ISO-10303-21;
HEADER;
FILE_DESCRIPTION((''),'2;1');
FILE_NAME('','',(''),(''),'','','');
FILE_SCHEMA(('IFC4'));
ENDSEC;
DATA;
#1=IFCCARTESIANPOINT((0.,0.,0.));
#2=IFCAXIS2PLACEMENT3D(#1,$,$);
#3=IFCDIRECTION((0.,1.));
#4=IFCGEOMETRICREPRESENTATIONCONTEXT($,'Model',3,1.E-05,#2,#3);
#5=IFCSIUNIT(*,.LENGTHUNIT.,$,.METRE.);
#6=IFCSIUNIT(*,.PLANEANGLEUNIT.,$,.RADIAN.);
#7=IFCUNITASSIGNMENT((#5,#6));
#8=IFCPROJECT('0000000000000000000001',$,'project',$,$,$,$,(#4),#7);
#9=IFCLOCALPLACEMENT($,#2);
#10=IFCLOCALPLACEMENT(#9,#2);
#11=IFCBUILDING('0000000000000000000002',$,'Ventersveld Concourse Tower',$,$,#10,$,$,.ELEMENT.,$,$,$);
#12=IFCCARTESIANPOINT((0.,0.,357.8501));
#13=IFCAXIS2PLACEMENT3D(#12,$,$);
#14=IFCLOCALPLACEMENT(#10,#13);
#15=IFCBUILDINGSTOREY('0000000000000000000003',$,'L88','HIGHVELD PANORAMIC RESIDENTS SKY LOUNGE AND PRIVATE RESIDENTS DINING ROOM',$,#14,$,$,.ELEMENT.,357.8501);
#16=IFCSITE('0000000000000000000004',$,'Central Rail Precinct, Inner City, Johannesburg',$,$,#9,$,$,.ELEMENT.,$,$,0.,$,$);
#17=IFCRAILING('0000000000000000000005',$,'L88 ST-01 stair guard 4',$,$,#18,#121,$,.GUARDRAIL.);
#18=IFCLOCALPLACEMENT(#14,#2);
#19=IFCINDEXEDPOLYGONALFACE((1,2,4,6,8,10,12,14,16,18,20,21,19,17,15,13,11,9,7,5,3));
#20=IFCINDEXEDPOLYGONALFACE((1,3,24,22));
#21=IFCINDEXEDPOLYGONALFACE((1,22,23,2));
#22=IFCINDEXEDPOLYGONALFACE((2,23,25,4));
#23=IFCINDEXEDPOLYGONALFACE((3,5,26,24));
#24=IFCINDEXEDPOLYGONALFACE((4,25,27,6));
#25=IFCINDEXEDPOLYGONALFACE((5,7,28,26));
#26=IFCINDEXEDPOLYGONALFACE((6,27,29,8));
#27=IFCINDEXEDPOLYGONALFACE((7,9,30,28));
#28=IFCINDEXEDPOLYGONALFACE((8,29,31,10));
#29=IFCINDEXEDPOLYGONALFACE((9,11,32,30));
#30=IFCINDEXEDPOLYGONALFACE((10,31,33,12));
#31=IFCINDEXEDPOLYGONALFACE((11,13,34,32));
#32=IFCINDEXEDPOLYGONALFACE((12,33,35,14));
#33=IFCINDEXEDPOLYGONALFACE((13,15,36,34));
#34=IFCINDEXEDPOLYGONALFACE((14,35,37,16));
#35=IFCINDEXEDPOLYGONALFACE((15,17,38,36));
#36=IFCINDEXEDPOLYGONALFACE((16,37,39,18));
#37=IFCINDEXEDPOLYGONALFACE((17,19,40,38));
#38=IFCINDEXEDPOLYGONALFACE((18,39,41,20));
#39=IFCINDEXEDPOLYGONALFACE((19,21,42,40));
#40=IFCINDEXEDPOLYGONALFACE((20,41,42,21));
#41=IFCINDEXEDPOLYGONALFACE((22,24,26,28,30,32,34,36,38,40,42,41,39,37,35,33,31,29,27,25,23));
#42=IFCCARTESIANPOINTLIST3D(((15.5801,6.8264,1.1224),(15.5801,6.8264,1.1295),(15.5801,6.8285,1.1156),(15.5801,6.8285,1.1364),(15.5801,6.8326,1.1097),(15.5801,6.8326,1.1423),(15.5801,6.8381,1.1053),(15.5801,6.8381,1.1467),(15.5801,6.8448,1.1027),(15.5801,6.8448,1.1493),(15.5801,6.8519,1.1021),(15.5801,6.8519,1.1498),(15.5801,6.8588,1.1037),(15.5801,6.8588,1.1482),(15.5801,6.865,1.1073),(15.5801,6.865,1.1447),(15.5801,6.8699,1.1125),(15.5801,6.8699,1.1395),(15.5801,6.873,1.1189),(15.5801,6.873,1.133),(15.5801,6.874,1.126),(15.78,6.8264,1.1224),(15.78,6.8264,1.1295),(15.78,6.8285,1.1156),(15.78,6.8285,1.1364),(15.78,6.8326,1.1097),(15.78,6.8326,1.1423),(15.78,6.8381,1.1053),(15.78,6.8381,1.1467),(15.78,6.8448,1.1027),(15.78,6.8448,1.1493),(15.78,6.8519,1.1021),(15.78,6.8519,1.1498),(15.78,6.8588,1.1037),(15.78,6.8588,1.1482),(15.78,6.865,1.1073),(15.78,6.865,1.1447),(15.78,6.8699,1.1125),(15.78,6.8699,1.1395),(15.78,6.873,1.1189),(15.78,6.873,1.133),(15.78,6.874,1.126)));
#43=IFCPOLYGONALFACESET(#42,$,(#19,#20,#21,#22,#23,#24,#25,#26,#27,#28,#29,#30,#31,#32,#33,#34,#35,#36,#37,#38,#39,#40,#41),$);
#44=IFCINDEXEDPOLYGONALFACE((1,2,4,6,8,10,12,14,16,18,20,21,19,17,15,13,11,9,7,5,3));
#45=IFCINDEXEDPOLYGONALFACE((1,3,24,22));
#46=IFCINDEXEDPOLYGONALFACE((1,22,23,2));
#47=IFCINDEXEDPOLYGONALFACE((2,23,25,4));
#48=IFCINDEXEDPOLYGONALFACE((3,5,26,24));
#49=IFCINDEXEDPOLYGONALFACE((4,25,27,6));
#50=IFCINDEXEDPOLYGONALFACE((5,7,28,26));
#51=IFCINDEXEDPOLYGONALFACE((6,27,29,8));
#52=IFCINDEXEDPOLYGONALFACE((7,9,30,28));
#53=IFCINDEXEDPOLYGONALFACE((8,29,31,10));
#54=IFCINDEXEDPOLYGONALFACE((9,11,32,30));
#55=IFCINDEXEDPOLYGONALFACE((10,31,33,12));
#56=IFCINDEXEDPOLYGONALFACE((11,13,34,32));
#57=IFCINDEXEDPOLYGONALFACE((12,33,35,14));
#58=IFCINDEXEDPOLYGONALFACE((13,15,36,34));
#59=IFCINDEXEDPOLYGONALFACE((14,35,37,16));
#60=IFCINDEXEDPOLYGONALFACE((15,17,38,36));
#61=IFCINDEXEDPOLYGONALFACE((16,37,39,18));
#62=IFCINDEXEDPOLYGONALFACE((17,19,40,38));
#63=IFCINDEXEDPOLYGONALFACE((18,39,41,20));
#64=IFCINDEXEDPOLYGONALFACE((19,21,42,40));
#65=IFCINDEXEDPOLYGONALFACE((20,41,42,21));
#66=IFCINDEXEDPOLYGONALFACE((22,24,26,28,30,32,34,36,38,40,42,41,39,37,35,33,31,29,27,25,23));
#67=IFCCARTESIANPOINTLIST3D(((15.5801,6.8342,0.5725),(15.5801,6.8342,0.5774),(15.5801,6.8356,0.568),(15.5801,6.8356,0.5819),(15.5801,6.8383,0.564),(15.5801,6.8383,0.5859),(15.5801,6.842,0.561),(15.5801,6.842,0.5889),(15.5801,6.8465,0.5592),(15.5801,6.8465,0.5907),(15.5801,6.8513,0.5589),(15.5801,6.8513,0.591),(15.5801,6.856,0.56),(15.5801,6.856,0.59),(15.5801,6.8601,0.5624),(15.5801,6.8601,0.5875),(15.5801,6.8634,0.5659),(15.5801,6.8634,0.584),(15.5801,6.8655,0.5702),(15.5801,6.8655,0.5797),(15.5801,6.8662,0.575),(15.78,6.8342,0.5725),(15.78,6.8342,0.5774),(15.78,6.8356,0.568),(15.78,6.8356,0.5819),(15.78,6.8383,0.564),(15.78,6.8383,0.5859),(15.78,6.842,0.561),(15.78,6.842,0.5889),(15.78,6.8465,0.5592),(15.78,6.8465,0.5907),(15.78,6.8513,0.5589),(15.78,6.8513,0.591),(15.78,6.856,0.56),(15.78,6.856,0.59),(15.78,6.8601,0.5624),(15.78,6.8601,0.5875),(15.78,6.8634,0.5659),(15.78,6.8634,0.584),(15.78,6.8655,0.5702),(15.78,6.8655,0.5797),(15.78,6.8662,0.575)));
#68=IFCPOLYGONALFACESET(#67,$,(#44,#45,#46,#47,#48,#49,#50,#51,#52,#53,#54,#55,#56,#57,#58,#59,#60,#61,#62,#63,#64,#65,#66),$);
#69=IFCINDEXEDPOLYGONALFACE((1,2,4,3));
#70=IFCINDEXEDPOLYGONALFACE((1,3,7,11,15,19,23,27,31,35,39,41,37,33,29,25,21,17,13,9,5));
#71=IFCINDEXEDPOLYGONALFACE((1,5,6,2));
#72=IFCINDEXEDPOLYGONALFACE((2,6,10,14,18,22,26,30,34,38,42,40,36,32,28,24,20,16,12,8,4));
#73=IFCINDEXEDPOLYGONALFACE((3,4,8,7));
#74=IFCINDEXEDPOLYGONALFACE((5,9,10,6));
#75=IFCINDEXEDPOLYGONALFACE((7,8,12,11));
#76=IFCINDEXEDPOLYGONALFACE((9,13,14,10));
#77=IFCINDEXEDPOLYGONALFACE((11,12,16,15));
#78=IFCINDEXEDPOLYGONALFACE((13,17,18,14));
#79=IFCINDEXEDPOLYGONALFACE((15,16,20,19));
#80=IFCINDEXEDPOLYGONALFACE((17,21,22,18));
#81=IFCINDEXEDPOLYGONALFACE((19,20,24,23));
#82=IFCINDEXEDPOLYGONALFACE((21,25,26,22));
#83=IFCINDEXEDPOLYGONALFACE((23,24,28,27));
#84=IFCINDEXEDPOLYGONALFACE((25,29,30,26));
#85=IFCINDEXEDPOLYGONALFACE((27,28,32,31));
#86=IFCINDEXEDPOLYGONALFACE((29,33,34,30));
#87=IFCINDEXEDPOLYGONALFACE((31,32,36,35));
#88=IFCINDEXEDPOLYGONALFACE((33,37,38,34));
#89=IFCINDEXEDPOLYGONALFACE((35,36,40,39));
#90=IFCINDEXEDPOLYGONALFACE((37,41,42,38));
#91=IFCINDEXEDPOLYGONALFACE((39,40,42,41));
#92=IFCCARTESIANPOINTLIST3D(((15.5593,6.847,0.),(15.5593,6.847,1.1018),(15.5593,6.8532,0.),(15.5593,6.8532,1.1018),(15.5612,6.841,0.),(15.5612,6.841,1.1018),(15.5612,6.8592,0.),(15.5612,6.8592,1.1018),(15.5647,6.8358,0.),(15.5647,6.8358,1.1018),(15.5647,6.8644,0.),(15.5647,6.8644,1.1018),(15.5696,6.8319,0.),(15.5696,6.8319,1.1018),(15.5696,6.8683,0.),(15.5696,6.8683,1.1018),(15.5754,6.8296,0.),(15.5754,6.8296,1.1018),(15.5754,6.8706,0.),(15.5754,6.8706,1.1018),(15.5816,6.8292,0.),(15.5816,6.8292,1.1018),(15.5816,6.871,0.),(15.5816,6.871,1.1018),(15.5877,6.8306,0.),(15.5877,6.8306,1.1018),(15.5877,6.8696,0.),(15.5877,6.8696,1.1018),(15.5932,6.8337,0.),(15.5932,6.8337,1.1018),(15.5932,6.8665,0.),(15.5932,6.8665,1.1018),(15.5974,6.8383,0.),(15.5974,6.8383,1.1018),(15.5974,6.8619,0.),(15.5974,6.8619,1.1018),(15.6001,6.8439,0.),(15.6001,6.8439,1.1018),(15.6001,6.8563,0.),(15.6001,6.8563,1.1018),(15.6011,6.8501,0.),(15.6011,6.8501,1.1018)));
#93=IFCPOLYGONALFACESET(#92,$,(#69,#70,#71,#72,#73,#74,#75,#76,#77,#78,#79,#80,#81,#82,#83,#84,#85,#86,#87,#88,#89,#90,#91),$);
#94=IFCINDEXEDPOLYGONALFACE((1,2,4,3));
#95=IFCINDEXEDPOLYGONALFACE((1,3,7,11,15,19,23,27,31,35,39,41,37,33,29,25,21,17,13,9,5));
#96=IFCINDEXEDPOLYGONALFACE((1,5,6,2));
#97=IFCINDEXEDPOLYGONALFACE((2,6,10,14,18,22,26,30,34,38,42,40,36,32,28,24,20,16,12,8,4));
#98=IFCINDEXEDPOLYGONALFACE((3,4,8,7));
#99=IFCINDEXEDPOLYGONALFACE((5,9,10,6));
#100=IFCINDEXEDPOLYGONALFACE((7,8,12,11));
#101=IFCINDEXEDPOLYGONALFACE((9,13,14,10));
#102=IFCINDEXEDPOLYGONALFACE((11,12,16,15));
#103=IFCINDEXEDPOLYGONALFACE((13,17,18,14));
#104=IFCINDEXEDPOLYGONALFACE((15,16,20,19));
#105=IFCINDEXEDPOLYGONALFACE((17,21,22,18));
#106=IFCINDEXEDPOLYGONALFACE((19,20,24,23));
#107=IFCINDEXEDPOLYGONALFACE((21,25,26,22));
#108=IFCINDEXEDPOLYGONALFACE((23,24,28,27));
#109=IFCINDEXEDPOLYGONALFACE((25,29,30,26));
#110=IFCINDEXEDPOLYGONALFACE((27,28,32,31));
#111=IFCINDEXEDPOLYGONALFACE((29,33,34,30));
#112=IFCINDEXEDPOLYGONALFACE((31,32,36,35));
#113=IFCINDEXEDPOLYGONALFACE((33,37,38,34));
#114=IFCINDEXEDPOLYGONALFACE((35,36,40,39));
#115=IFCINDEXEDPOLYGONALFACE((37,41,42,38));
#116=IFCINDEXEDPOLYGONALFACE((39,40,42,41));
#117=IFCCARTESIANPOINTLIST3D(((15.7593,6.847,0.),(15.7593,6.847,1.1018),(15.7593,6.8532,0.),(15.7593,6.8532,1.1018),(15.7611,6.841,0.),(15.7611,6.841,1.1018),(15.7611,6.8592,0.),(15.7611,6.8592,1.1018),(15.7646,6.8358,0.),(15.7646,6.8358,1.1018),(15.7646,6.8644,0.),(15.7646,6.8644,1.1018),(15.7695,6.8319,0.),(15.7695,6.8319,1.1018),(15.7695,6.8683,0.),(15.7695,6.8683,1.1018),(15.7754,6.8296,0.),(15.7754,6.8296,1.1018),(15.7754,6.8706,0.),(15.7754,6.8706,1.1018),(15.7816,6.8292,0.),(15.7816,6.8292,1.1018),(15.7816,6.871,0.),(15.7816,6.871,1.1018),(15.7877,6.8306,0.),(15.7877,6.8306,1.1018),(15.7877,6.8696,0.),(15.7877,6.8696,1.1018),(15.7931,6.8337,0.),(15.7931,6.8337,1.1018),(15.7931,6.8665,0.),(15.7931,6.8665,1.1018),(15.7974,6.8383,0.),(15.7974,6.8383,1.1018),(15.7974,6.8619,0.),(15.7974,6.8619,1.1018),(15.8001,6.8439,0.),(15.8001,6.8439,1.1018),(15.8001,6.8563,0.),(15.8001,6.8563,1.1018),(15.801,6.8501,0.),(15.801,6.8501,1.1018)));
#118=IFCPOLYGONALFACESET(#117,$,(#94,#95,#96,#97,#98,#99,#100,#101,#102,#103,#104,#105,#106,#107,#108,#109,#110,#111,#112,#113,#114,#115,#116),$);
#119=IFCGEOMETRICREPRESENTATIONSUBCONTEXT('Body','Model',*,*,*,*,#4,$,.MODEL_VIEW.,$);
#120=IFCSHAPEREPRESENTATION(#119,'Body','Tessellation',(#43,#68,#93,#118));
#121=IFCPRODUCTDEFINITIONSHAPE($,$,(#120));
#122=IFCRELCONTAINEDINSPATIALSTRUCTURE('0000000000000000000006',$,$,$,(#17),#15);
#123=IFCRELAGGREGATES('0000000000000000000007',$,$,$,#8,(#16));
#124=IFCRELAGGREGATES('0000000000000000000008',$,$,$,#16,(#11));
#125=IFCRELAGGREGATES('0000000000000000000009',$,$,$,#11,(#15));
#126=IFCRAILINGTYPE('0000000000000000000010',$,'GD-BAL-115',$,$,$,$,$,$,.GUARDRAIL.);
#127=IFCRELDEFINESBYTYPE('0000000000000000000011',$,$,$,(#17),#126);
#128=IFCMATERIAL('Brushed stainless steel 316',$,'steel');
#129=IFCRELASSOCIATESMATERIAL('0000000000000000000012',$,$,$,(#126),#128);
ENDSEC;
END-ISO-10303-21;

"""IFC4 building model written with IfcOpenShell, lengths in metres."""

from ifc_helpers import new_model, si_unit, direction, frame, origin, origin_2d, place, context, subcontext, project, spatial, circle, extrude, material, type_object, element, save


model = new_model("IFC4")

# Units and contexts
model_context = context("Model", 3, precision=1e-05, world=origin(), true_north=direction((0.0, 1.0)))
body_context = subcontext(model_context, "Body", "Model", "MODEL_VIEW")
ifc_project = project(units=[si_unit("LENGTHUNIT", "METRE"), si_unit("PLANEANGLEUNIT", "RADIAN")], contexts=[model_context])

# Site, building, storey
site_placement = place(None, origin())
site = spatial("IfcSite", under=ifc_project, at=site_placement, Name="Central Rail Precinct, Inner City, Johannesburg", CompositionType="ELEMENT", RefElevation=0.0)
building_placement = place(site_placement, origin())
building = spatial("IfcBuilding", under=site, at=building_placement, Name="Ventersveld Concourse Tower", CompositionType="ELEMENT")
storey_placement = place(building_placement, frame((0.0, 0.0, 357.8501)))
storey = spatial("IfcBuildingStorey", under=building, at=storey_placement, Name="L88", Description="HIGHVELD PANORAMIC RESIDENTS SKY LOUNGE AND PRIVATE RESIDENTS DINING ROOM", CompositionType="ELEMENT", Elevation=357.8501)

# Shared definitions
ifc_material_1 = material(Name="Brushed stainless steel 316", Category="steel")

# Railing
railing_type_1 = type_object("IfcRailingType", Name="GD-BAL-115", PredefinedType="GUARDRAIL", material=ifc_material_1)
railing_1_placement = place(storey_placement, frame((15.5801, 6.8501, 0.0)))
element("IfcRailing", 1, at=railing_1_placement, inside=storey, type_object=railing_type_1, Name="L88 ST-01 stair guard 4", PredefinedType="GUARDRAIL", context=body_context, shape_type="SweptSolid", body=[
    extrude(circle(Radius=0.0239, at=origin_2d()), frame((0.0, 0.0, 1.126), z_axis=(1.0, 0.0, 0.0), x_axis=(0.0, 1.0, 0.0)), (0.0, 0.0, 1.0), 0.2),
    extrude(circle(Radius=0.0161, at=origin_2d()), frame((0.0, 0.0, 0.575), z_axis=(1.0, 0.0, 0.0), x_axis=(0.0, 1.0, 0.0)), (0.0, 0.0, 1.0), 0.2),
    extrude(circle(Radius=0.021, at=origin_2d()), origin(), (0.0, 0.0, 1.0), 1.1018),
    extrude(circle(Radius=0.021, at=origin_2d()), frame((0.2, 0.0, 0.0)), (0.0, 0.0, 1.0), 1.1018),
])

save(model, "model.ifc")
